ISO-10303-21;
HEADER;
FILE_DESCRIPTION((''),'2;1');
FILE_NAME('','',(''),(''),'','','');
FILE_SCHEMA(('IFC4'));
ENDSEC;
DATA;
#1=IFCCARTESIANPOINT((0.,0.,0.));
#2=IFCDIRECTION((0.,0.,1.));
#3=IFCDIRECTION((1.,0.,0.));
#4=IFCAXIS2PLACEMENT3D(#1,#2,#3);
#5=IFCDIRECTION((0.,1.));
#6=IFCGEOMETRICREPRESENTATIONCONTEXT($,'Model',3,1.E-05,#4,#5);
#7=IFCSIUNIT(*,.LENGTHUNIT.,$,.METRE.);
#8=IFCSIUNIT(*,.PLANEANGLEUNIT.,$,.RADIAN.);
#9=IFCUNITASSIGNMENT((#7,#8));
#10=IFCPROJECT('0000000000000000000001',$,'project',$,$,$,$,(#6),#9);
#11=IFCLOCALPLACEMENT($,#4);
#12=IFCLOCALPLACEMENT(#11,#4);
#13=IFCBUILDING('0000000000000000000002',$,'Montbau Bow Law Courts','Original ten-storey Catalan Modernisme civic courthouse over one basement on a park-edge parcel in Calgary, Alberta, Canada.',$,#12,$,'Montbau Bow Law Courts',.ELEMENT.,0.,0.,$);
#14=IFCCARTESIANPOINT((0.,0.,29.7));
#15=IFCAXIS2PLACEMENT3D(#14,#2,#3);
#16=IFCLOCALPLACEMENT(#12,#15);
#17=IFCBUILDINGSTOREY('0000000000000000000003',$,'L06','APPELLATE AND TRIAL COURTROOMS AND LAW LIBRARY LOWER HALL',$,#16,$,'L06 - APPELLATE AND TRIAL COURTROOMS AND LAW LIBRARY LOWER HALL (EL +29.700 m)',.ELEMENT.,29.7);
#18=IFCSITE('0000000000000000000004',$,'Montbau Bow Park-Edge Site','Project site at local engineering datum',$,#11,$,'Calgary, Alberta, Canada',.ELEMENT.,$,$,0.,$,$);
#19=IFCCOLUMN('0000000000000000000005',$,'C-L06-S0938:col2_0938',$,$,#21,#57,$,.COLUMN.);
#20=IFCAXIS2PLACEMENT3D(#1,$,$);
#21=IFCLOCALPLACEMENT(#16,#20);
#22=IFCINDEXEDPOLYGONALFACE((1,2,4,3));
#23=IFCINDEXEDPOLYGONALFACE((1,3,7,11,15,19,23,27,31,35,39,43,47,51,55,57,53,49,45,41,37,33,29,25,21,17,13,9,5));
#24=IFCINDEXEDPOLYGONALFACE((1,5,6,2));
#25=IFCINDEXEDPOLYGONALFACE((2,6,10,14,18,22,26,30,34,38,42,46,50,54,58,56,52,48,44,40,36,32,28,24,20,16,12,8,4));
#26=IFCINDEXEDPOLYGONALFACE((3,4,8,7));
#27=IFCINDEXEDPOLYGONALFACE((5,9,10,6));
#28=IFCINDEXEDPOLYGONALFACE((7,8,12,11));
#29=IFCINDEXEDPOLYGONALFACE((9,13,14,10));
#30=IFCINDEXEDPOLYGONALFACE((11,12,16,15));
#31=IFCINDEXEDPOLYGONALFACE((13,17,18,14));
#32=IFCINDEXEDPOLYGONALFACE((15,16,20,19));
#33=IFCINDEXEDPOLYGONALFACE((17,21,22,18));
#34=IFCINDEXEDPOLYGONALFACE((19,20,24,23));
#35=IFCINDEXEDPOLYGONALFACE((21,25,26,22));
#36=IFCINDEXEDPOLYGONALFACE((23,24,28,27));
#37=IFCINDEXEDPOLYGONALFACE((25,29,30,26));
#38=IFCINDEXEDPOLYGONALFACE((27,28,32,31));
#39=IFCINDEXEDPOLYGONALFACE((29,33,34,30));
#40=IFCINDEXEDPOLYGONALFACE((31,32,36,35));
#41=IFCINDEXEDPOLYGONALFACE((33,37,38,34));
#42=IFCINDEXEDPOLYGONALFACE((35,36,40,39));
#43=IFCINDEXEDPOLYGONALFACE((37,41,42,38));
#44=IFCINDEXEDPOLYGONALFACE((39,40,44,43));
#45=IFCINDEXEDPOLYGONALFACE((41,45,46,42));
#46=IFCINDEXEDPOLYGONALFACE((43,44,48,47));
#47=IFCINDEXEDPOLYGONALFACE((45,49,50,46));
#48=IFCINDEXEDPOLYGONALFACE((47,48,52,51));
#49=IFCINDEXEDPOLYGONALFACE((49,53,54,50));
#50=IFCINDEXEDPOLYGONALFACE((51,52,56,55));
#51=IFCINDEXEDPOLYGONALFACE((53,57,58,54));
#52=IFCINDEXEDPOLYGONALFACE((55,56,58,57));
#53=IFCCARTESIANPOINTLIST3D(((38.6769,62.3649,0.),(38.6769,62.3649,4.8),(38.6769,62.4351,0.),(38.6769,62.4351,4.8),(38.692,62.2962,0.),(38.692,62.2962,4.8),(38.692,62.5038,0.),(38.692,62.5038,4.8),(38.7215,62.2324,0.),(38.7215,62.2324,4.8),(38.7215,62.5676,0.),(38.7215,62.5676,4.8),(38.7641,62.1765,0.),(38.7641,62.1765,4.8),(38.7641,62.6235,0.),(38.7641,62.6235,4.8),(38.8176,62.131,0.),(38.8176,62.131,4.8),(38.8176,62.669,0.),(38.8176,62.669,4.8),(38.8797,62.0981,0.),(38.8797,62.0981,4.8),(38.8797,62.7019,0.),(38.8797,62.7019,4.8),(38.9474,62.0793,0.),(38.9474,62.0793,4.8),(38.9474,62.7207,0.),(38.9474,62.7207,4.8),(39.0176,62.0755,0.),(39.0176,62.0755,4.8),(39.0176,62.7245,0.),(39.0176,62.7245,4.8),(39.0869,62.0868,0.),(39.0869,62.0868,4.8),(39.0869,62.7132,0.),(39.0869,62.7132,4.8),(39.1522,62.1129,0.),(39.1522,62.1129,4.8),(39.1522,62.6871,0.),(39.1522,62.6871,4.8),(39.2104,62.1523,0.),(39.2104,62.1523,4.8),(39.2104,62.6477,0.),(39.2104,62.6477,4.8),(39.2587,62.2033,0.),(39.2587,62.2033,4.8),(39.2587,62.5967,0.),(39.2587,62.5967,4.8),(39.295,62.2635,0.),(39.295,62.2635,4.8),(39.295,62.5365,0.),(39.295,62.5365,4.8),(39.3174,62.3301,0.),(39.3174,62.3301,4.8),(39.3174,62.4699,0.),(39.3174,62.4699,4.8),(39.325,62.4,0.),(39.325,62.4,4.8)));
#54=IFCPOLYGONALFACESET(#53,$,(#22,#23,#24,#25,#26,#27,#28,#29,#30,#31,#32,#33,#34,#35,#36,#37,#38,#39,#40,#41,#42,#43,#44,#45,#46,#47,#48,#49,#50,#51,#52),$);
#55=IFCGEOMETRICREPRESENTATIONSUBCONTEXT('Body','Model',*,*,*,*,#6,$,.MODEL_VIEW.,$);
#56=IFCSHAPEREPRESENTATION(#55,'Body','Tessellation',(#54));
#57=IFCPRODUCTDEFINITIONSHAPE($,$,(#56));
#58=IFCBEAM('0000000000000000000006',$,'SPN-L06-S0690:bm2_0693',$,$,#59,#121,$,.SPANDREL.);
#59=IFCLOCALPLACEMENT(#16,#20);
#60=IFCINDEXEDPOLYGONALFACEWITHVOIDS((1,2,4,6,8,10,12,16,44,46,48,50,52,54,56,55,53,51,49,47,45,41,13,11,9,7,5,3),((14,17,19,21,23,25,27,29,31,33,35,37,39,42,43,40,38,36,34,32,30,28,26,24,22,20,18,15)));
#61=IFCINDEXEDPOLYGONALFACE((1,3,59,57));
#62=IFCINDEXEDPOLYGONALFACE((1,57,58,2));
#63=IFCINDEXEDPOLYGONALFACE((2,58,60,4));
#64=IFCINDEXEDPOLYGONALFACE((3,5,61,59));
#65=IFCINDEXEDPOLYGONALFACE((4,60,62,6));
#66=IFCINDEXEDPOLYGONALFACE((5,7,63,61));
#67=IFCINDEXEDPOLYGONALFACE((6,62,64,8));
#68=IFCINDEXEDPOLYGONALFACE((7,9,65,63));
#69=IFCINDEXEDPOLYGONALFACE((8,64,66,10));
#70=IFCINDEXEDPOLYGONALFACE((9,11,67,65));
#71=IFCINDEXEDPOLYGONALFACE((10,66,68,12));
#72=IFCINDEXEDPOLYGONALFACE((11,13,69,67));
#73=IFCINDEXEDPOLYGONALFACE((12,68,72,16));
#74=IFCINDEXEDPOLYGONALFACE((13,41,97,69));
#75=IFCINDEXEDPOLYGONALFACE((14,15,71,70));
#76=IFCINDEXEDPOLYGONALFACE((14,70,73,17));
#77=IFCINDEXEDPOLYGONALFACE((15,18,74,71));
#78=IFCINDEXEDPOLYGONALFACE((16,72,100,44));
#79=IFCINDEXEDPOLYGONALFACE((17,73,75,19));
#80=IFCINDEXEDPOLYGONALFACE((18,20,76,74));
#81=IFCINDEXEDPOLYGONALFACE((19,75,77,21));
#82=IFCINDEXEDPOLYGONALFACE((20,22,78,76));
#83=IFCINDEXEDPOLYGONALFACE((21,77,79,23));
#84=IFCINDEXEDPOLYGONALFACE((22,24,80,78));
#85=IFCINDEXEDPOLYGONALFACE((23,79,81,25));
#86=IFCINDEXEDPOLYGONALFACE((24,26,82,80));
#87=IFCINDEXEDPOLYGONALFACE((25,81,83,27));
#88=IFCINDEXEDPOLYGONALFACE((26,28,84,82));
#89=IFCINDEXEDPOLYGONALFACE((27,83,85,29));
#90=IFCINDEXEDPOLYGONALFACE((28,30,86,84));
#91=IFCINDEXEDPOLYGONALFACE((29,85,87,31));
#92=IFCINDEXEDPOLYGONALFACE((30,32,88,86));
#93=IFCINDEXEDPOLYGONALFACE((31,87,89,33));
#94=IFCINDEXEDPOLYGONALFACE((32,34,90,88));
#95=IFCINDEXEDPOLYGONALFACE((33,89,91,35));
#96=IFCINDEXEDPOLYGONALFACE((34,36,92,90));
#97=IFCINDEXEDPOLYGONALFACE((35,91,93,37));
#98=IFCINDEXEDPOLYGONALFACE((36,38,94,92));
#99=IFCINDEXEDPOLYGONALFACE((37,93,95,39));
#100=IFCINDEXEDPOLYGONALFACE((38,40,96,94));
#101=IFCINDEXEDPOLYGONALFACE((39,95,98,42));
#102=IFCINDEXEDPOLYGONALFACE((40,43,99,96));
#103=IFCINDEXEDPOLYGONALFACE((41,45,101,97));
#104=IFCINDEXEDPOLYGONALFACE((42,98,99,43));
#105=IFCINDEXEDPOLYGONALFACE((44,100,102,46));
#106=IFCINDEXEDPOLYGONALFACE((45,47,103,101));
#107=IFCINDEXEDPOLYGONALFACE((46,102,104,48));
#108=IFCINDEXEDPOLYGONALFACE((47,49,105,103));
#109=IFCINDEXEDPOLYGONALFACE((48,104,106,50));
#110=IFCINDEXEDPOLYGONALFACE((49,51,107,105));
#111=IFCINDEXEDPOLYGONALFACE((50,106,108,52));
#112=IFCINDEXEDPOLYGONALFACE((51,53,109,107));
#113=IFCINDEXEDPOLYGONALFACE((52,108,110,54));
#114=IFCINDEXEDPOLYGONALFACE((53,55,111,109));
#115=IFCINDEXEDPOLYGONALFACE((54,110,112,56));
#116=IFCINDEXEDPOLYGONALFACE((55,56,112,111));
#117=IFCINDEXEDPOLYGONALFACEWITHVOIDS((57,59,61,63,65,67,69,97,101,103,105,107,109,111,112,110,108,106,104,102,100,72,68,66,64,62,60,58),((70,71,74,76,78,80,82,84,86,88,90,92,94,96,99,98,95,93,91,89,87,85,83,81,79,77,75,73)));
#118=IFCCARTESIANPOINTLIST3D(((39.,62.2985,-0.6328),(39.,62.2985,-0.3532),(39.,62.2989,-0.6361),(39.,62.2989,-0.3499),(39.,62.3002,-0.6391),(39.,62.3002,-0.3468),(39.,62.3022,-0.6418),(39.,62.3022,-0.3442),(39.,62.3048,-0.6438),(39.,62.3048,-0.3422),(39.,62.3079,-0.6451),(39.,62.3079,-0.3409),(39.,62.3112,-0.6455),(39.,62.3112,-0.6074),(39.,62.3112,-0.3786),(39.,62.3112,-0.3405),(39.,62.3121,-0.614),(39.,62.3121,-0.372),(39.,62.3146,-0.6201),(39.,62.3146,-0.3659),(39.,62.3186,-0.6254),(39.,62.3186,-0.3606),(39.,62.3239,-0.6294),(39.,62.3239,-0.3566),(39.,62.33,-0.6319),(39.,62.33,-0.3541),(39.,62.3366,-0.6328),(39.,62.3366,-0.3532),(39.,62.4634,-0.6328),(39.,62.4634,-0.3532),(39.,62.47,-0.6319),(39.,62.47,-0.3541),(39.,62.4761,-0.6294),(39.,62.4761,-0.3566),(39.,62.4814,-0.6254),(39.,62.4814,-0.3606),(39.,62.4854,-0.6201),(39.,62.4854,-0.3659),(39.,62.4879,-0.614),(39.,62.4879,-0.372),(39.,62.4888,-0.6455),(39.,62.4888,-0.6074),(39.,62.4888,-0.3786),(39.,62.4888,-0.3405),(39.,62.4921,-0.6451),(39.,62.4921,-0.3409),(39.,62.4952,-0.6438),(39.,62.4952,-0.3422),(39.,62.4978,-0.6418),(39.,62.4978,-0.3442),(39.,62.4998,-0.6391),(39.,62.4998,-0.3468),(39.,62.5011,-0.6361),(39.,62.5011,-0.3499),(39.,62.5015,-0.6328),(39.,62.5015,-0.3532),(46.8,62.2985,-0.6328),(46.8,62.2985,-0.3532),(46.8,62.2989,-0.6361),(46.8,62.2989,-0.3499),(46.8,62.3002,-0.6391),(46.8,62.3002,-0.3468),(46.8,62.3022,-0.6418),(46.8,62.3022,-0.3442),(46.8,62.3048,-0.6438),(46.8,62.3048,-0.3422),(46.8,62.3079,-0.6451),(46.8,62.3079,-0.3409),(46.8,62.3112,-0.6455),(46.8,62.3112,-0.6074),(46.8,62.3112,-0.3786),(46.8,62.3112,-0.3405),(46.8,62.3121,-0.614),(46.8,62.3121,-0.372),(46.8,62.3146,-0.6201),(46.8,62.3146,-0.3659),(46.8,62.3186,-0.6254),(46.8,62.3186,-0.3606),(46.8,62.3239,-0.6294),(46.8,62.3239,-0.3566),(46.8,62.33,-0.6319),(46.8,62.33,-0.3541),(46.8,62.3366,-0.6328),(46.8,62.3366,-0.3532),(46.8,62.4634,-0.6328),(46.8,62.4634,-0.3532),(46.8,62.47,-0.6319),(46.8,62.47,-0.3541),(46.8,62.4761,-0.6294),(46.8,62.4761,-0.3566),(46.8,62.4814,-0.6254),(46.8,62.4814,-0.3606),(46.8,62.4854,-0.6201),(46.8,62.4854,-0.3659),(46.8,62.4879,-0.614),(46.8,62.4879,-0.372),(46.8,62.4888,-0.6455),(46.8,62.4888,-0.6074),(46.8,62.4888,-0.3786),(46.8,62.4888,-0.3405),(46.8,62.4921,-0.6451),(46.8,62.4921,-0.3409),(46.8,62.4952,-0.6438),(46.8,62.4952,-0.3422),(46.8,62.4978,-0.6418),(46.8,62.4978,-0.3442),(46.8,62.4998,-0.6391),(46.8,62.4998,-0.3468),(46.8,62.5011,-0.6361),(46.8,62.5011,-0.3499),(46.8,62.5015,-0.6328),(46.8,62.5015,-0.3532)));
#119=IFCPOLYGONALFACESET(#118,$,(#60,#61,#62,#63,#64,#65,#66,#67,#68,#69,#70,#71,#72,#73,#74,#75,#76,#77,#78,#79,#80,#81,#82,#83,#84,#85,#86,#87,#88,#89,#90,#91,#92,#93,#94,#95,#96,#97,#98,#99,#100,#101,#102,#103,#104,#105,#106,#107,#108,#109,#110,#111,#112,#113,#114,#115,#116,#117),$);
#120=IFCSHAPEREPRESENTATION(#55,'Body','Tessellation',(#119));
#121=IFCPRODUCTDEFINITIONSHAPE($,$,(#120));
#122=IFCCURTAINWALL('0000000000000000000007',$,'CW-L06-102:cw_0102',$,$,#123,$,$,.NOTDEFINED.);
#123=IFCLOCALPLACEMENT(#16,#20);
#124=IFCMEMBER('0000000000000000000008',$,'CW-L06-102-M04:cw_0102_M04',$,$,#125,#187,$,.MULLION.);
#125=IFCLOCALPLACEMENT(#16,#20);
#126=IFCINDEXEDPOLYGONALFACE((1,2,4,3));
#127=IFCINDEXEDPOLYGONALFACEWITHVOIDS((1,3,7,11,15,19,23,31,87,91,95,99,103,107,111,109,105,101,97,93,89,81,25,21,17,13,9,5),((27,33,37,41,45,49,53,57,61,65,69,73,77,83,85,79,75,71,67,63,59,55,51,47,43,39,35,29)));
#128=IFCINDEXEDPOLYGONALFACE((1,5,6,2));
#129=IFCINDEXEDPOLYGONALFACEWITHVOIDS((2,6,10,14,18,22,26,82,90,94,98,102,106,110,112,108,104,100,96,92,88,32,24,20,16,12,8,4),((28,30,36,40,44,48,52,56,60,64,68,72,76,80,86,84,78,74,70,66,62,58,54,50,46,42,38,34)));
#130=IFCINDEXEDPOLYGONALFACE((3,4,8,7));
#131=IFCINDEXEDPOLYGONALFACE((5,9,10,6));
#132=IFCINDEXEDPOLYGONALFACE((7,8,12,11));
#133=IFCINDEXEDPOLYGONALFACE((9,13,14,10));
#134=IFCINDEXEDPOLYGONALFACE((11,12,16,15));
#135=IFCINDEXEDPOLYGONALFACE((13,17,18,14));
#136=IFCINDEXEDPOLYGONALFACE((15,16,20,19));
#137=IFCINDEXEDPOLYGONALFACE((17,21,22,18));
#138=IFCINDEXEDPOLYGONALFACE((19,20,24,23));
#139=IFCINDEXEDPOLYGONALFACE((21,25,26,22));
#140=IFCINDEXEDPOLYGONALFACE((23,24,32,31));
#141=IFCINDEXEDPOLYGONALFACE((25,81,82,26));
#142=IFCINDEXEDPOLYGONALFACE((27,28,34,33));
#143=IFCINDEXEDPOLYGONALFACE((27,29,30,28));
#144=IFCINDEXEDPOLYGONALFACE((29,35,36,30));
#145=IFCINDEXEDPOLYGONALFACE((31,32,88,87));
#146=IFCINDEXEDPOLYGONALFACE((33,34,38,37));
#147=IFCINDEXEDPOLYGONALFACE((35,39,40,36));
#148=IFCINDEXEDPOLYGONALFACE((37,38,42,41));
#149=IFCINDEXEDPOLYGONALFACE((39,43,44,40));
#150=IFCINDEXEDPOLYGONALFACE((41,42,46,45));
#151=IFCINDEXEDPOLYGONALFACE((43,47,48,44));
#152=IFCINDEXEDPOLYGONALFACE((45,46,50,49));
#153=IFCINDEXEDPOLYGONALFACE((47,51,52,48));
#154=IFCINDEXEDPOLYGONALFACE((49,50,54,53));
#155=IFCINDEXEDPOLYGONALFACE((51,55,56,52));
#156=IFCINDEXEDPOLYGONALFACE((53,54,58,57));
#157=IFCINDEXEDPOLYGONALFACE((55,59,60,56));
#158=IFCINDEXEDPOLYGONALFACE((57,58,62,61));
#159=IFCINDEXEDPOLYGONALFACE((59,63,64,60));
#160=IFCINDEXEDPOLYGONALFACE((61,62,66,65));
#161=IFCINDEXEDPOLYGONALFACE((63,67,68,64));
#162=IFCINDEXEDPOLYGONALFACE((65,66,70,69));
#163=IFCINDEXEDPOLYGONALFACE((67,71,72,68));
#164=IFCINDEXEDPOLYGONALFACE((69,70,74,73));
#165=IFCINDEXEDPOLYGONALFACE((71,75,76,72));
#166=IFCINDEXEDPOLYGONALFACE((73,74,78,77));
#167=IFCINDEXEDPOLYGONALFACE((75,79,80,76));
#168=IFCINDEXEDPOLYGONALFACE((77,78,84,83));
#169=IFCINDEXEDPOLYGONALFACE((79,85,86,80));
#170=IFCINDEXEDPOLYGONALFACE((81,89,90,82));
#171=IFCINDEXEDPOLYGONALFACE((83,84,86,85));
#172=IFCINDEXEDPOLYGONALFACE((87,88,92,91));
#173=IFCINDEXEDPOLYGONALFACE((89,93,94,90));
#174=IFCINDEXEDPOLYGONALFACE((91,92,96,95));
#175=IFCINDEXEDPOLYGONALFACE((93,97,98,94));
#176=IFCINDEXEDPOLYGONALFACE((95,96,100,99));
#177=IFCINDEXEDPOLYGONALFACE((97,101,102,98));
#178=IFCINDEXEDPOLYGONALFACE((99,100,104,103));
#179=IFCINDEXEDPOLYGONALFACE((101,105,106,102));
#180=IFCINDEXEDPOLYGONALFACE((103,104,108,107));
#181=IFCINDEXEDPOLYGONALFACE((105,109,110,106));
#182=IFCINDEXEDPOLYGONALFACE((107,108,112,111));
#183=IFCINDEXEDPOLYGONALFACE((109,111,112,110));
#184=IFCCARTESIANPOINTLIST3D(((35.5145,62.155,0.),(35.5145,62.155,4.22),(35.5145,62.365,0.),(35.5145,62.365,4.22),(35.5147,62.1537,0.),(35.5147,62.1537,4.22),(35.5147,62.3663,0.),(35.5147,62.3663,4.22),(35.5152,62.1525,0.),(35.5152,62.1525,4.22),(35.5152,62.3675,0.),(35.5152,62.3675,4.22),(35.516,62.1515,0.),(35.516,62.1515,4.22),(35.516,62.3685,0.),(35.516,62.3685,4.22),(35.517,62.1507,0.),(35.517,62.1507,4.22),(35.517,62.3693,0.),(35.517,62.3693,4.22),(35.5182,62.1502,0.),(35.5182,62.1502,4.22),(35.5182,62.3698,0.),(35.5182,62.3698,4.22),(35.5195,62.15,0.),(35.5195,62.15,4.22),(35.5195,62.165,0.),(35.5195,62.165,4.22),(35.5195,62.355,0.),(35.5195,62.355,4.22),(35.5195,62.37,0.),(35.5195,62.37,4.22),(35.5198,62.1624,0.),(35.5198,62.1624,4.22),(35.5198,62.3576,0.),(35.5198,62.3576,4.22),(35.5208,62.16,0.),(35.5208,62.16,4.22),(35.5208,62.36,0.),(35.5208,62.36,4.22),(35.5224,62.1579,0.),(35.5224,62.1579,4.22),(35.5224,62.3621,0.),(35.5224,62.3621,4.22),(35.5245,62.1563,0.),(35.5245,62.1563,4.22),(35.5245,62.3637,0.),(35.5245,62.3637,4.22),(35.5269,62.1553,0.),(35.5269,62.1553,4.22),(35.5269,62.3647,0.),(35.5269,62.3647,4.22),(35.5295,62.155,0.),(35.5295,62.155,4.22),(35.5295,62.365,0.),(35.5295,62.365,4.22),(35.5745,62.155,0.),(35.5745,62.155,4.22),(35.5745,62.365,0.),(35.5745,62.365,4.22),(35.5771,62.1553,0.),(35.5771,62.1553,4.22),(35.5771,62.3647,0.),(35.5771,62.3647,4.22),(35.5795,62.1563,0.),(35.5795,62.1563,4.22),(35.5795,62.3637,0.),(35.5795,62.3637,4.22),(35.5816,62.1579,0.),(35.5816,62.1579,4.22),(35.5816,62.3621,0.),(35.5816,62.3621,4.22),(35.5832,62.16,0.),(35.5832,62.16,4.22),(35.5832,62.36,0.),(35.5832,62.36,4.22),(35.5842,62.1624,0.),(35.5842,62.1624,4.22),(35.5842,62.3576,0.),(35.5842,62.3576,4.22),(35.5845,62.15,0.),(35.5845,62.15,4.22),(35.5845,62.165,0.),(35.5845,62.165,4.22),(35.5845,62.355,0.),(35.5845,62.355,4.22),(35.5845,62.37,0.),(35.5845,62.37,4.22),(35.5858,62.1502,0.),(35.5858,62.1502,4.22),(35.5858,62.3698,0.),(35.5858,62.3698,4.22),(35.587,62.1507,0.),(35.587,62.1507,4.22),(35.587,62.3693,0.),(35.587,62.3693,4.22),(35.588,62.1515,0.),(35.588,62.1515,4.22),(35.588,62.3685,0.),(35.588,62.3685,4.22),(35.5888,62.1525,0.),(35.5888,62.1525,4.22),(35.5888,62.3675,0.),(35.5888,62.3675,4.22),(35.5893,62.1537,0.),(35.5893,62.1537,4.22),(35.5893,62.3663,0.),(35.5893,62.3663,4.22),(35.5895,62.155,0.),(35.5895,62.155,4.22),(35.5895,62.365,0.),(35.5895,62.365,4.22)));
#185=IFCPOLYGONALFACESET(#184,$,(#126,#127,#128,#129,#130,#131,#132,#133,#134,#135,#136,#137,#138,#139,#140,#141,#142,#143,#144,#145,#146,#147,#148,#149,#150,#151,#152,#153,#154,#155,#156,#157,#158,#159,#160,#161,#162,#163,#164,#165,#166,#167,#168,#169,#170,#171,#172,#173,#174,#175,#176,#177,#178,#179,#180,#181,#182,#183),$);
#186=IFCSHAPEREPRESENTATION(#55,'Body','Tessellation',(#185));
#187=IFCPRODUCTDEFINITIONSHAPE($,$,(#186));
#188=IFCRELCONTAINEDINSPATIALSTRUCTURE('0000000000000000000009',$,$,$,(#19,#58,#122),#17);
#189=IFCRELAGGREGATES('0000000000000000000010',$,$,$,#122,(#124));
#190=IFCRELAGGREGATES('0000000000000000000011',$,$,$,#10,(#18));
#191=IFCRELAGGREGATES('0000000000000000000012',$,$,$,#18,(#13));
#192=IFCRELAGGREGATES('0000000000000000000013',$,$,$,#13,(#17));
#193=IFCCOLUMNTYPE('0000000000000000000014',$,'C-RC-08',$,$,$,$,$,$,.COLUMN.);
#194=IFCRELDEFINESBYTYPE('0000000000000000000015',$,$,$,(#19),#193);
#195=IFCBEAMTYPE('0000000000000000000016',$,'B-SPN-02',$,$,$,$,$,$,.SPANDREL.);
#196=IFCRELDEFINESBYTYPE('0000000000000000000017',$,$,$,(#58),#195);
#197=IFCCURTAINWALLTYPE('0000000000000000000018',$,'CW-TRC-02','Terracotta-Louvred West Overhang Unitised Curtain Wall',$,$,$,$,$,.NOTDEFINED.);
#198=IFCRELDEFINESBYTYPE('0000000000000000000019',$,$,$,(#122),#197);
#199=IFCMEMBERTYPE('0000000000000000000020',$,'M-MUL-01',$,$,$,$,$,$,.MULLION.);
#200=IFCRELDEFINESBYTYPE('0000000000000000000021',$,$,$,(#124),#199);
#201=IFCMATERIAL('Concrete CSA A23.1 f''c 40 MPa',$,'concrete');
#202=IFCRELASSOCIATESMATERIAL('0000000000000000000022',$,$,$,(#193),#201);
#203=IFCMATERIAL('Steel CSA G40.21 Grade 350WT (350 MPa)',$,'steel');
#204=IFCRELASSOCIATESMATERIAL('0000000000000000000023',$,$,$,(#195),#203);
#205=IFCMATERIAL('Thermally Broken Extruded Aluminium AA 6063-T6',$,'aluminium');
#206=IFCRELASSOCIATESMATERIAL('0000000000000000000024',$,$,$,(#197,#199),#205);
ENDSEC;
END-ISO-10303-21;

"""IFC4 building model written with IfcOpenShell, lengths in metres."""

from ifc_helpers import new_model, si_unit, direction, frame, origin_with_axes, origin_2d_with_axis, place, context, subcontext, project, spatial, hollow_rectangle, circle, extrude, material, material_profile, profile_set, type_object, element, aggregate, save


model = new_model("IFC4")

# Units and contexts
model_context = context("Model", 3, precision=1e-05, world=origin_with_axes(), true_north=direction((0.0, 1.0)))
body_context = subcontext(model_context, "Body", "Model", "MODEL_VIEW")
ifc_project = project(units=[si_unit("LENGTHUNIT", "METRE"), si_unit("PLANEANGLEUNIT", "RADIAN")], contexts=[model_context])

# Site, building, storey
site_placement = place(None, origin_with_axes())
site = spatial("IfcSite", under=ifc_project, at=site_placement, Name="Montbau Bow Park-Edge Site", Description="Project site at local engineering datum", LongName="Calgary, Alberta, Canada", CompositionType="ELEMENT", RefElevation=0.0)
building_placement = place(site_placement, origin_with_axes())
building = spatial("IfcBuilding", under=site, at=building_placement, Name="Montbau Bow Law Courts", Description="Original ten-storey Catalan Modernisme civic courthouse over one basement on a park-edge parcel in Calgary, Alberta, Canada.", LongName="Montbau Bow Law Courts", CompositionType="ELEMENT", ElevationOfRefHeight=0.0, ElevationOfTerrain=0.0)
storey_placement = place(building_placement, frame((0.0, 0.0, 29.7), z_axis=(0.0, 0.0, 1.0), x_axis=(1.0, 0.0, 0.0)))
storey = spatial("IfcBuildingStorey", under=building, at=storey_placement, Name="L06", Description="APPELLATE AND TRIAL COURTROOMS AND LAW LIBRARY LOWER HALL", LongName="L06 - APPELLATE AND TRIAL COURTROOMS AND LAW LIBRARY LOWER HALL (EL +29.700 m)", CompositionType="ELEMENT", Elevation=29.7)

# Column
ifc_material_1 = material(Name="Concrete CSA A23.1 f'c 40 MPa", Category="concrete")
ifc_material_profile_1 = material_profile(ifc_material_1, circle(Radius=0.325, at=origin_2d_with_axis()), Name="RC650D", Category="Main", Priority=0)
ifc_profile_set_1 = profile_set([ifc_material_profile_1], Name="Concrete CSA A23.1 f'c 40 MPa")
column_type = type_object("IfcColumnType", Name="C-RC-08", PredefinedType="COLUMN", material=ifc_profile_set_1)
column_placement = place(None, frame((39.0, 62.4, 29.7), z_axis=(0.0, 0.0, 1.0), x_axis=(1.0, 0.0, 0.0)))
element("IfcColumn", 1, at=column_placement, inside=storey, type_object=column_type, Name="C-L06-S0938:col2_0938", PredefinedType="COLUMN", context=body_context, shape_type="SweptSolid", body=[
    extrude(circle(Radius=0.325, at=origin_2d_with_axis()), origin_with_axes(), (0.0, 0.0, 1.0), 4.8),
])

# Beam
ifc_material_2 = material(Name="Steel CSA G40.21 Grade 350WT (350 MPa)", Category="steel")
ifc_material_profile_2 = material_profile(ifc_material_2, hollow_rectangle(XDim=0.203, YDim=0.305, WallThickness=0.0127, InnerFilletRadius=0.0254, OuterFilletRadius=0.0127, at=origin_2d_with_axis()), Name="HSS305X203X13", Category="Main", Priority=0)
ifc_profile_set_2 = profile_set([ifc_material_profile_2], Name="Steel CSA G40.21 Grade 350WT (350 MPa)")
beam_type = type_object("IfcBeamType", Name="B-SPN-02", PredefinedType="SPANDREL", material=ifc_profile_set_2)
beam_placement = place(None, frame((39.0, 62.4, 29.207), z_axis=(1.0, 0.0, 0.0), x_axis=(0.0, 1.0, 0.0)))
element("IfcBeam", 2, at=beam_placement, inside=storey, type_object=beam_type, Name="SPN-L06-S0690:bm2_0693", PredefinedType="SPANDREL", context=body_context, shape_type="SweptSolid", body=[
    extrude(hollow_rectangle(XDim=0.203, YDim=0.305, WallThickness=0.0127, InnerFilletRadius=0.0254, OuterFilletRadius=0.0127, at=origin_2d_with_axis()), origin_with_axes(), (0.0, 0.0, 1.0), 7.8),
])

# Curtain wall, member
ifc_material_3 = material(Name="Thermally Broken Extruded Aluminium AA 6063-T6", Category="aluminium")
curtain_wall_type = type_object("IfcCurtainWallType", Name="CW-TRC-02", Description="Terracotta-Louvred West Overhang Unitised Curtain Wall", PredefinedType="NOTDEFINED", material=ifc_material_3)
curtain_wall_1_placement = place(None, frame((31.04, 62.26, 29.7), z_axis=(0.0, 0.0, 1.0), x_axis=(1.0, 0.0, 0.0)))
curtain_wall_1 = element("IfcCurtainWall", 3, at=curtain_wall_1_placement, inside=storey, type_object=curtain_wall_type, Name="CW-L06-102:cw_0102", PredefinedType="NOTDEFINED")
ifc_material_profile_3 = material_profile(ifc_material_3, hollow_rectangle(XDim=0.075, YDim=0.22, WallThickness=0.005, InnerFilletRadius=0.01, OuterFilletRadius=0.005, at=origin_2d_with_axis()), Name="CWM-220X75", Category="Main", Priority=0)
ifc_profile_set_3 = profile_set([ifc_material_profile_3], Name="Thermally Broken Extruded Aluminium AA 6063-T6")
member_type_1 = type_object("IfcMemberType", Name="M-MUL-01", PredefinedType="MULLION", material=ifc_profile_set_3)
member_1_placement = place(None, frame((35.552, 62.26, 29.7), z_axis=(0.0, 0.0, 1.0), x_axis=(1.0, 0.0, 0.0)))
member_1 = element("IfcMember", 4, at=member_1_placement, type_object=member_type_1, Name="CW-L06-102-M04:cw_0102_M04", PredefinedType="MULLION", context=body_context, shape_type="SweptSolid", body=[
    extrude(hollow_rectangle(XDim=0.075, YDim=0.22, WallThickness=0.005, InnerFilletRadius=0.01, OuterFilletRadius=0.005, at=origin_2d_with_axis()), origin_with_axes(), (0.0, 0.0, 1.0), 4.22),
])

aggregate(curtain_wall_1, [member_1])

save(model, "model.ifc")
